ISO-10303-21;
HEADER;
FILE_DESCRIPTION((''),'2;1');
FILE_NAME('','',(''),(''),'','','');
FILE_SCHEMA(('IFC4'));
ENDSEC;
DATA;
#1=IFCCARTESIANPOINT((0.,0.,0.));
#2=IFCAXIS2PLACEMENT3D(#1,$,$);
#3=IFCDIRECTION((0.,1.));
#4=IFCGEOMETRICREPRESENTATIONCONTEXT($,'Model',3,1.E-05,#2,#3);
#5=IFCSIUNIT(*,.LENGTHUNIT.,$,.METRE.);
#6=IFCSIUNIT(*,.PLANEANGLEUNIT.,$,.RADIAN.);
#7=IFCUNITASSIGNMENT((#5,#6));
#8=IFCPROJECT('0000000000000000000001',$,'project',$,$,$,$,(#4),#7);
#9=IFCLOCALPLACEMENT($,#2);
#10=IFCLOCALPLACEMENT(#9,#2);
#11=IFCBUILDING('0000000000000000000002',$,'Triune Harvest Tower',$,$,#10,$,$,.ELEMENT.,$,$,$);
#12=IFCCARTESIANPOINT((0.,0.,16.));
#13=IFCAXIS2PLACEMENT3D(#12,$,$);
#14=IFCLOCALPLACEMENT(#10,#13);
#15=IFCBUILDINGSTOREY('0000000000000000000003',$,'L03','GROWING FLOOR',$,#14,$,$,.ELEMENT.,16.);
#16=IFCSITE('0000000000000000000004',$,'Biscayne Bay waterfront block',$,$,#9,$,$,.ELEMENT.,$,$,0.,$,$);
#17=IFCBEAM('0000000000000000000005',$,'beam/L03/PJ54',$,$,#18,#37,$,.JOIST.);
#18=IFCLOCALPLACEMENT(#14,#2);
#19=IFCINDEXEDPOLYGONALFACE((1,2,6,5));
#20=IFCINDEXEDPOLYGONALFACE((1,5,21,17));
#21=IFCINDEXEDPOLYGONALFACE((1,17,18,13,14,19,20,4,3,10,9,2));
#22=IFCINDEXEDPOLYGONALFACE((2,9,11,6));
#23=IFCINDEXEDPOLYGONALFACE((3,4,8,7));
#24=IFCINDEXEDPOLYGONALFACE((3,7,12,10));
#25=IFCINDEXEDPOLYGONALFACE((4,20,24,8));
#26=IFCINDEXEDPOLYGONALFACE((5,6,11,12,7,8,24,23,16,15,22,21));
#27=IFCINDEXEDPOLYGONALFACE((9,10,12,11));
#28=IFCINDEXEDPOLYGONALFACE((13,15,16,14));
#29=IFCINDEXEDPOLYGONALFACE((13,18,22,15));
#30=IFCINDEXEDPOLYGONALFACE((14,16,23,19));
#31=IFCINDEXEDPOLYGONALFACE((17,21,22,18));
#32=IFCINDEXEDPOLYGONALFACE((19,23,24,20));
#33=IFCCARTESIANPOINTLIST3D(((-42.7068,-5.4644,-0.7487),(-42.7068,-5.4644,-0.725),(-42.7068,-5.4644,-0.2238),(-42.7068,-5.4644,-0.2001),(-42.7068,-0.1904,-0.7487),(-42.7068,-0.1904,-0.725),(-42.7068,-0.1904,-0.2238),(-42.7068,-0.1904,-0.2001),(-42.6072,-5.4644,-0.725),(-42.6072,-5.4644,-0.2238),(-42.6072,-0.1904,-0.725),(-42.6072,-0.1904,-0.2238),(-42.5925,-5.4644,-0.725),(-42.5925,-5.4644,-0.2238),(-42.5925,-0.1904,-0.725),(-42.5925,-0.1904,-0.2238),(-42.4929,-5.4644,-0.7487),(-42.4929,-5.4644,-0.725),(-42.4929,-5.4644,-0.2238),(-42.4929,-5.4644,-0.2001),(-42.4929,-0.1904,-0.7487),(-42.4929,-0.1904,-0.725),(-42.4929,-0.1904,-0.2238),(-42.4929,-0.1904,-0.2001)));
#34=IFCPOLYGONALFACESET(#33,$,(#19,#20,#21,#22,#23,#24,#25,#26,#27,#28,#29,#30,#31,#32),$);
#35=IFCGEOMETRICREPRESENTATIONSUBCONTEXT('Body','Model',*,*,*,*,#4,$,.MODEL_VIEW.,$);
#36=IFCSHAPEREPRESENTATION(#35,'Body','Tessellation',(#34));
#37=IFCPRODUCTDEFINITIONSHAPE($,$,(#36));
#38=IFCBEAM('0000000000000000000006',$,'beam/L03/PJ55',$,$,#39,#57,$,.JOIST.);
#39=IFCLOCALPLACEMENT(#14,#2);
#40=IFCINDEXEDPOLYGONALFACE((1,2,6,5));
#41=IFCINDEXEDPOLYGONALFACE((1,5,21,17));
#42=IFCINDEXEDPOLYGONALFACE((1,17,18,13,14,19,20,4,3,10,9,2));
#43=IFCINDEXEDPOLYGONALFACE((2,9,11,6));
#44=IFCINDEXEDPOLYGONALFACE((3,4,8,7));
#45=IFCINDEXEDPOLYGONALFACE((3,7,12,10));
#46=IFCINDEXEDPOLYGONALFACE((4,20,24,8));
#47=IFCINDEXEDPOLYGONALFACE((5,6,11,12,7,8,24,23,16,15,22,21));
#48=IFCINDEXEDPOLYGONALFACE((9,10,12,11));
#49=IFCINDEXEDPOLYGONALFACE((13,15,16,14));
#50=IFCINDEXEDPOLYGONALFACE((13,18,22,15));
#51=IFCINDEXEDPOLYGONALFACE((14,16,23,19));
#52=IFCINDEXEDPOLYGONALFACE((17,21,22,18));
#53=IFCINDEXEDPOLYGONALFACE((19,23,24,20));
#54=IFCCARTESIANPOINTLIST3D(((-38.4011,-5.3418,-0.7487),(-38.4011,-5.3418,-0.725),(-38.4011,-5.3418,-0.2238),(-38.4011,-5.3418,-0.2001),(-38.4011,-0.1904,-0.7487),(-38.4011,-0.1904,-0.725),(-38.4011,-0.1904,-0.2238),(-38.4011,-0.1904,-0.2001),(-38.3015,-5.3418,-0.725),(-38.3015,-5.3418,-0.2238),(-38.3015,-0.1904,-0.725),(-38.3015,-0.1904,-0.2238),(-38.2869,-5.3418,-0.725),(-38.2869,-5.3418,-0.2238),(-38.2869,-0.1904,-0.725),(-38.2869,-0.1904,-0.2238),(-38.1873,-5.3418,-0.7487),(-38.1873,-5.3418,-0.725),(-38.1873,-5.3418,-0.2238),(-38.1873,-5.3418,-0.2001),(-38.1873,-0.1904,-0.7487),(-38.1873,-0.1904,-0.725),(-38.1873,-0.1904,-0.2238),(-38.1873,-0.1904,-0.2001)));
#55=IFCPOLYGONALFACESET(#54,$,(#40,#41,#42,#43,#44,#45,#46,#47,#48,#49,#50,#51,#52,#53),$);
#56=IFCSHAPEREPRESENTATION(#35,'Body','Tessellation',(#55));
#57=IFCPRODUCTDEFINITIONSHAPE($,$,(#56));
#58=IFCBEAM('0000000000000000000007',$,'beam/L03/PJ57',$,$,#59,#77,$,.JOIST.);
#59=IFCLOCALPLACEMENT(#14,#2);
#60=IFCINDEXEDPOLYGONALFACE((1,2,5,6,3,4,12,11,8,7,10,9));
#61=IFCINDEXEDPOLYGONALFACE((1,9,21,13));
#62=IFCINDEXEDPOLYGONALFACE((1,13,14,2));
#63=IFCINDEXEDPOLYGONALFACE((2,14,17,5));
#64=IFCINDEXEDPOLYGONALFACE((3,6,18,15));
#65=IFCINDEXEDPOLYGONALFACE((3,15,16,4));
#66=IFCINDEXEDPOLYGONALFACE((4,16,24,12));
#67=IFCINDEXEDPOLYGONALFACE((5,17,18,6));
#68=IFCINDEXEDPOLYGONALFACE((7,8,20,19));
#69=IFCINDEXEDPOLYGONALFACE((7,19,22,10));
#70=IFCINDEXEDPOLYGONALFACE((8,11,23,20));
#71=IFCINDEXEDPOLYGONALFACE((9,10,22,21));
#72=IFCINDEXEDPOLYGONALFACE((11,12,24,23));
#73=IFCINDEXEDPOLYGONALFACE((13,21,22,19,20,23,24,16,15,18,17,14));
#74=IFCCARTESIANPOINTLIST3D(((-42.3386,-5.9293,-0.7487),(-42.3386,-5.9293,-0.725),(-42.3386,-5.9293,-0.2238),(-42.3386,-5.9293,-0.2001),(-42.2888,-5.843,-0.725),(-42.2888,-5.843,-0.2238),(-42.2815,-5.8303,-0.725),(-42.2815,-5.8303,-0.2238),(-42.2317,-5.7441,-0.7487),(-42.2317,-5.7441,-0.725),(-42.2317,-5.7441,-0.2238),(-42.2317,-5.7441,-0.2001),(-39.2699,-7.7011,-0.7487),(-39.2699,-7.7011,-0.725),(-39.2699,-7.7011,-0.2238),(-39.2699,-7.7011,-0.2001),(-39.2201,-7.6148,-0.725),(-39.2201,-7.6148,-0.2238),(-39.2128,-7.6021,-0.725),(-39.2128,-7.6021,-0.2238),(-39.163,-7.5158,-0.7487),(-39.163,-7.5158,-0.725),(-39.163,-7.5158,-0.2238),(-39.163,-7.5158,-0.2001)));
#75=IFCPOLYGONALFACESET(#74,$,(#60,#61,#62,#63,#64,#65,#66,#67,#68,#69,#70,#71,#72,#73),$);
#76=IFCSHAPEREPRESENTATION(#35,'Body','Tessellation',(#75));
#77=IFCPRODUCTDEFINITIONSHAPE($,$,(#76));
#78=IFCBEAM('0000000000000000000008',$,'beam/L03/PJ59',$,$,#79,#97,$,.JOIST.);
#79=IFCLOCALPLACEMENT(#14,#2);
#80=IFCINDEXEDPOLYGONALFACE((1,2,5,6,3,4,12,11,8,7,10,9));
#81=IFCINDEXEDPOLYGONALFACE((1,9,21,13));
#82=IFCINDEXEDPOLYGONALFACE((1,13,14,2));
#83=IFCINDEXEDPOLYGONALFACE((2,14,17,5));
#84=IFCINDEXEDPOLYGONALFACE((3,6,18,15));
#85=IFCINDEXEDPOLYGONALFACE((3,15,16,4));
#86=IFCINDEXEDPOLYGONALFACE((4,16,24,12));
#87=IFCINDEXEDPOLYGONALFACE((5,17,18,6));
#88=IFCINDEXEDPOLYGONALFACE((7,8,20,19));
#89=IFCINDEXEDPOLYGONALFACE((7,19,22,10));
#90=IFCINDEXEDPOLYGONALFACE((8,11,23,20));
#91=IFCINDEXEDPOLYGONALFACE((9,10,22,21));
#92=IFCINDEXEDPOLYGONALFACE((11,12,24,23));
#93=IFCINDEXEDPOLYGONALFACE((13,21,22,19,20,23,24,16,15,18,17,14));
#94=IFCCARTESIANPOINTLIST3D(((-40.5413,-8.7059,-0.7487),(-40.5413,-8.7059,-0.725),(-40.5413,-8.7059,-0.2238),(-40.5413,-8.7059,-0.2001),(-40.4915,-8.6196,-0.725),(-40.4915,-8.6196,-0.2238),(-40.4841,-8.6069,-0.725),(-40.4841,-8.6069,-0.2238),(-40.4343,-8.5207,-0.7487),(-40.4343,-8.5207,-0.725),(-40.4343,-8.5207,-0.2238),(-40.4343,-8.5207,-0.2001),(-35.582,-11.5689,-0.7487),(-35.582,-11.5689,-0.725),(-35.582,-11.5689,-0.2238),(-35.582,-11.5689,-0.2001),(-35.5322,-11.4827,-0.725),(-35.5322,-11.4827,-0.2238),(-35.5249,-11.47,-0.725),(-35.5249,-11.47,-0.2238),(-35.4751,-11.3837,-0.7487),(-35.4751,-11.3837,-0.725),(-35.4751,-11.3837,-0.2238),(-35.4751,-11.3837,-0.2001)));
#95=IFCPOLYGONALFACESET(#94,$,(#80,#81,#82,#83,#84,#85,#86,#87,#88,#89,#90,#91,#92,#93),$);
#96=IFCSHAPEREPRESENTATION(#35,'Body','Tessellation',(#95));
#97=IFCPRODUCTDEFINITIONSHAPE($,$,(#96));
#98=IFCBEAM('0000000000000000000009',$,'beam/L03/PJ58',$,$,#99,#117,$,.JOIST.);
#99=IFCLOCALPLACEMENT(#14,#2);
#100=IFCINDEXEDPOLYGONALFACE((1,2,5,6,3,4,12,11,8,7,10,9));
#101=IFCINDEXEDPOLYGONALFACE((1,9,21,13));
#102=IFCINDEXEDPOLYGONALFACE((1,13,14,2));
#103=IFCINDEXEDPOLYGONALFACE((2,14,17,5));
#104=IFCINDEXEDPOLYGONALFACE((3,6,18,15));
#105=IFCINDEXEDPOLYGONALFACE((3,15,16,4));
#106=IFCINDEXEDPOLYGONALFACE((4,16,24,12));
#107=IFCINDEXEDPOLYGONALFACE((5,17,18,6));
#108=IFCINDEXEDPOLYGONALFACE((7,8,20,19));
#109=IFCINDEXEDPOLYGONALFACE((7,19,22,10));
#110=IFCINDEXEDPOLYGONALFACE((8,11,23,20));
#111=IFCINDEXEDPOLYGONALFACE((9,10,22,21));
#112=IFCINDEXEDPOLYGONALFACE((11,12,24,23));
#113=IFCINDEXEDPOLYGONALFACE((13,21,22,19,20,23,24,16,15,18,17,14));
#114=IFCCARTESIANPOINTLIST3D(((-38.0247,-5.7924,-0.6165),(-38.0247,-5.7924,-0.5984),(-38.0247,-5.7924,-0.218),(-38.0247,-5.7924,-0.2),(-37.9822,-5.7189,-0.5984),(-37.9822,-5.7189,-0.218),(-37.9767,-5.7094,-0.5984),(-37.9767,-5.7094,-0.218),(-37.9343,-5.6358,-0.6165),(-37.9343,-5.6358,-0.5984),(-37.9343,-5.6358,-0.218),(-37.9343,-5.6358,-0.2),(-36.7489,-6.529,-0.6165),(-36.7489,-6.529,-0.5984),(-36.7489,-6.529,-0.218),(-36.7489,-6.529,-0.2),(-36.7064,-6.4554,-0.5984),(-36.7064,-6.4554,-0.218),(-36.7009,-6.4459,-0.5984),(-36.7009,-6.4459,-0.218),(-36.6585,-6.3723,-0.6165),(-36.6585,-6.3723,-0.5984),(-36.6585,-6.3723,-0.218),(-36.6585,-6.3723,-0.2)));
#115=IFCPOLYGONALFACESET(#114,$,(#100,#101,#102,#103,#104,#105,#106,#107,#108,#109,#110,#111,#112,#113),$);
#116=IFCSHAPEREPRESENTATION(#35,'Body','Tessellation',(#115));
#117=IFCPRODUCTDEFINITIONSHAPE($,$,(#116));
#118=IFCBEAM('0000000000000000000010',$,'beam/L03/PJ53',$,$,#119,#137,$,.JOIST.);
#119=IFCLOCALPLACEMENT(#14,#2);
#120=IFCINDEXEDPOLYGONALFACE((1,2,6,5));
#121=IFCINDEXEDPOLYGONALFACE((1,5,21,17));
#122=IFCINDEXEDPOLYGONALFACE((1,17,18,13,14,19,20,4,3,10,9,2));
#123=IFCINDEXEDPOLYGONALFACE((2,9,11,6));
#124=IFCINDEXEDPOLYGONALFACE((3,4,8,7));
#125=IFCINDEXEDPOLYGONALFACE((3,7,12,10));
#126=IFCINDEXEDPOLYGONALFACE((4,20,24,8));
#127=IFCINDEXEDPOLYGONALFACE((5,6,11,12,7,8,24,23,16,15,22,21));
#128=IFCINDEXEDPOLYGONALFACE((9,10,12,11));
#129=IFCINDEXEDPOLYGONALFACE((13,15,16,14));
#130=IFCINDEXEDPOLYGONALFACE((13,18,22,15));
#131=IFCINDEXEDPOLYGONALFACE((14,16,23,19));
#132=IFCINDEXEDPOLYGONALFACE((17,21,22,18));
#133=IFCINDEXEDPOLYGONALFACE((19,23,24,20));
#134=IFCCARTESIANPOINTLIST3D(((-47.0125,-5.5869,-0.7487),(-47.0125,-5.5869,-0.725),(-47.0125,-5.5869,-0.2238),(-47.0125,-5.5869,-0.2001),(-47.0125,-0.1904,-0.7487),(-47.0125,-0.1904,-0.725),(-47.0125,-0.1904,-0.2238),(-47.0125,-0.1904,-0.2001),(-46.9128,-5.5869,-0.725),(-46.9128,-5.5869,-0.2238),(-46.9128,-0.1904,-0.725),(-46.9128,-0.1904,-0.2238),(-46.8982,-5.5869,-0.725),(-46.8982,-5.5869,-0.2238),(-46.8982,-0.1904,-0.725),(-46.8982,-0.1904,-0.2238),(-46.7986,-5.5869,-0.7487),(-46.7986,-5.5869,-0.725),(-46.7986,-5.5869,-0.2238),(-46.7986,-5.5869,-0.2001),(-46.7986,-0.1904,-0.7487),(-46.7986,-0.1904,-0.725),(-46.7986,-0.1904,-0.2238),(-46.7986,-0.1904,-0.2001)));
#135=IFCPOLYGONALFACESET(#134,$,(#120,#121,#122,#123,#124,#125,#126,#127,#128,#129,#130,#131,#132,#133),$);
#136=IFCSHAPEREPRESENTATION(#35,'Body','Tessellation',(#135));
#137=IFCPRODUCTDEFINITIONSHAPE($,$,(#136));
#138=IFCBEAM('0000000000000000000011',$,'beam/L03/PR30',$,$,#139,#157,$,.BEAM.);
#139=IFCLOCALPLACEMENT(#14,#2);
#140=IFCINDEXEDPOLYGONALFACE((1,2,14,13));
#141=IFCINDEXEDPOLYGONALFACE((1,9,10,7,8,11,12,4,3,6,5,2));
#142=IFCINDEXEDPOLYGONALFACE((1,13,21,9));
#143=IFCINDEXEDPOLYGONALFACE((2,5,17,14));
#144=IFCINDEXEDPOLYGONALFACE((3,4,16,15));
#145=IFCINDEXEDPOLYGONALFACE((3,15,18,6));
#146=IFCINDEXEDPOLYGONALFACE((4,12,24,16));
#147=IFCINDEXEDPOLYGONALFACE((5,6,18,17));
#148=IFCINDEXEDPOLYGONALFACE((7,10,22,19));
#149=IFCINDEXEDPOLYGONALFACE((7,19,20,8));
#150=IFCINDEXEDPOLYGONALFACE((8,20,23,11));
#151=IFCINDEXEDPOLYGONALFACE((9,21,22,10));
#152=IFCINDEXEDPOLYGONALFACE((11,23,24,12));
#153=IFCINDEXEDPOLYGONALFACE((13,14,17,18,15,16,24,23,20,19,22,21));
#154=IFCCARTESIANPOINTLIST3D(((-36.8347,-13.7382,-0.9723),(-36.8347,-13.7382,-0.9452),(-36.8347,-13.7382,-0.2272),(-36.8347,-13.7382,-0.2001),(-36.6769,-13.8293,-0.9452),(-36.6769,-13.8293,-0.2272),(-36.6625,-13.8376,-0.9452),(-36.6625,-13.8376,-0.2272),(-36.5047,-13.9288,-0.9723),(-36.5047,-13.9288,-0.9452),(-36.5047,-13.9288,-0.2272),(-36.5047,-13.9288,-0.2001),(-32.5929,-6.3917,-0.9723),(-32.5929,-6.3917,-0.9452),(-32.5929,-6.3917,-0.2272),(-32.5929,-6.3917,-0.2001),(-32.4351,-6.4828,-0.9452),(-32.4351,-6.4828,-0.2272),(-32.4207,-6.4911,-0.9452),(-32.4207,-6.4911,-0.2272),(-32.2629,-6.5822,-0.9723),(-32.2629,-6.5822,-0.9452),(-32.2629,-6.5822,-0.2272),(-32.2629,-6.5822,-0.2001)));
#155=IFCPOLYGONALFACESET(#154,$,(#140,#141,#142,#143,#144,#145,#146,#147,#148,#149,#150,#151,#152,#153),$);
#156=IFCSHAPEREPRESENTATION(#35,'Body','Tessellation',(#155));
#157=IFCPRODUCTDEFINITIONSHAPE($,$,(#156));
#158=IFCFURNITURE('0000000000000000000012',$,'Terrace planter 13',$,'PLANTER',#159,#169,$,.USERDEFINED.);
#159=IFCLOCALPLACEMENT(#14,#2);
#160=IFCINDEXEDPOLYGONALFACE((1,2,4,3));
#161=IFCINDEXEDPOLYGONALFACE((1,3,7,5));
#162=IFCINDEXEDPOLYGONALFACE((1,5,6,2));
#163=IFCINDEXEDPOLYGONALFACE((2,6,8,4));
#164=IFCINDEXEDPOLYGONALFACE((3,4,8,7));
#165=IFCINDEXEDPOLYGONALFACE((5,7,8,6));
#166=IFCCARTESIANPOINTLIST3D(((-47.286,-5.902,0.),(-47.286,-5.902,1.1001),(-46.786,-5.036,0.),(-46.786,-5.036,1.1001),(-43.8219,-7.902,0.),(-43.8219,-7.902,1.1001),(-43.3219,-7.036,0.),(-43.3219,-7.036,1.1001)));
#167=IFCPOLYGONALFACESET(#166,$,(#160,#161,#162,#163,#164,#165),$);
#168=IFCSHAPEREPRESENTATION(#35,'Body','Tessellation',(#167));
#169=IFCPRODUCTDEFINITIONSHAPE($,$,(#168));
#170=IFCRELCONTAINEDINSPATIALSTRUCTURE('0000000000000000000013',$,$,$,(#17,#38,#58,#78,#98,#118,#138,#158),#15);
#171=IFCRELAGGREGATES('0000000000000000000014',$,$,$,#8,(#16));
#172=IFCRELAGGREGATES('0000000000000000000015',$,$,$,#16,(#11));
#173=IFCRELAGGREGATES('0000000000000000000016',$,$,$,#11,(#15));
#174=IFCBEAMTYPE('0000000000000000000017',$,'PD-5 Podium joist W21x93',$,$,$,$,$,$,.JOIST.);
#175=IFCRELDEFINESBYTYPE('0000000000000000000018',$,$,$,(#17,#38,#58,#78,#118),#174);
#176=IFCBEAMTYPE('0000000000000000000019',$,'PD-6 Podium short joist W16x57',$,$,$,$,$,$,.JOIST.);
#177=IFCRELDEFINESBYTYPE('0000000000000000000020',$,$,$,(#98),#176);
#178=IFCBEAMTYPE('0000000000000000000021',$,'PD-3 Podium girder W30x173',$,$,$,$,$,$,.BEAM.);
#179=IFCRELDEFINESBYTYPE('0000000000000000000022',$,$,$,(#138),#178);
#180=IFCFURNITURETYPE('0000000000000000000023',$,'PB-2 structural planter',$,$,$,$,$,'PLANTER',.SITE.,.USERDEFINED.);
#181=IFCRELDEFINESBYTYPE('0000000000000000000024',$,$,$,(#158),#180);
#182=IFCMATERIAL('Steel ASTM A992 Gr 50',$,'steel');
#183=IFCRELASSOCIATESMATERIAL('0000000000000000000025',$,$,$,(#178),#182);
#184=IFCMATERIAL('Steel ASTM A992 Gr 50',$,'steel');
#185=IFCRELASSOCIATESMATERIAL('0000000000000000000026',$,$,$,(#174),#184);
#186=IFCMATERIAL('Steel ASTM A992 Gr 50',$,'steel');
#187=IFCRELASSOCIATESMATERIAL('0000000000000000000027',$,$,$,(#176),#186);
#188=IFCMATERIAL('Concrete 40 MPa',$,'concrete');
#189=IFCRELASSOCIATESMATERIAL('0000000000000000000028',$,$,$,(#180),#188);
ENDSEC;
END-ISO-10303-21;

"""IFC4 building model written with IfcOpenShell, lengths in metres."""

from ifc_helpers import new_model, si_unit, direction, frame, origin, origin_2d, place, context, subcontext, project, spatial, rectangle, i_section, extrude, source, transform, mapped, material, material_profile, profile_set, type_object, element, save


model = new_model("IFC4")

# Units and contexts
model_context = context("Model", 3, precision=1e-05, world=origin(), true_north=direction((0.0, 1.0)))
body_context = subcontext(model_context, "Body", "Model", "MODEL_VIEW")
ifc_project = project(units=[si_unit("LENGTHUNIT", "METRE"), si_unit("PLANEANGLEUNIT", "RADIAN")], contexts=[model_context])

# Site, building, storey
site_placement = place(None, origin())
site = spatial("IfcSite", under=ifc_project, at=site_placement, Name="Biscayne Bay waterfront block", CompositionType="ELEMENT", RefElevation=0.0)
building_placement = place(site_placement, origin())
building = spatial("IfcBuilding", under=site, at=building_placement, Name="Triune Harvest Tower", CompositionType="ELEMENT")
storey_placement = place(building_placement, frame((0.0, 0.0, 16.0)))
storey = spatial("IfcBuildingStorey", under=building, at=storey_placement, Name="L03", Description="GROWING FLOOR", CompositionType="ELEMENT", Elevation=16.0)

# Beams
ifc_material_1 = material(Name="Steel ASTM A992 Gr 50", Category="steel")
ifc_material_profile_1 = material_profile(ifc_material_1, i_section(OverallWidth=0.3811, OverallDepth=0.7722, WebThickness=0.0166, FlangeThickness=0.0271, at=origin_2d()), Name="W30x173")
ifc_profile_set_1 = profile_set([ifc_material_profile_1], Name="Steel ASTM A992 Gr 50")
beam_type_1 = type_object("IfcBeamType", Name="PD-3 Podium girder W30x173", PredefinedType="BEAM", material=ifc_profile_set_1)
ifc_material_2 = material(Name="Steel ASTM A992 Gr 50", Category="steel")
ifc_material_profile_2 = material_profile(ifc_material_2, i_section(OverallWidth=0.2139, OverallDepth=0.5486, WebThickness=0.0146, FlangeThickness=0.0237, at=origin_2d()), Name="W21x93")
ifc_profile_set_2 = profile_set([ifc_material_profile_2], Name="Steel ASTM A992 Gr 50")
beam_type_2 = type_object("IfcBeamType", Name="PD-5 Podium joist W21x93", PredefinedType="JOIST", material=ifc_profile_set_2)
shared_shape_1 = source(origin(), body_context, "Body", "SweptSolid", [
    extrude(i_section(OverallWidth=0.2139, OverallDepth=0.5486, WebThickness=0.0146, FlangeThickness=0.0237, at=origin_2d()), origin(), (0.0, 0.0, 1.0), 5.2739),
])
beam_1_placement = place(storey_placement, frame((-42.5999, -0.1904, -0.4744), z_axis=(0.0, -1.0, 0.0), x_axis=(1.0, 0.0, 0.0)))
element("IfcBeam", 1, at=beam_1_placement, inside=storey, type_object=beam_type_2, Name="beam/L03/PJ54", PredefinedType="JOIST", context=body_context, shape_type="MappedRepresentation", body=[
    mapped(shared_shape_1, transform((0.0, 0.0, 0.0), scale=1.0)),
])
shared_shape_2 = source(origin(), body_context, "Body", "SweptSolid", [
    extrude(i_section(OverallWidth=0.2139, OverallDepth=0.5486, WebThickness=0.0146, FlangeThickness=0.0237, at=origin_2d()), origin(), (0.0, 0.0, 1.0), 5.1514),
])
beam_2_placement = place(storey_placement, frame((-38.2942, -0.1904, -0.4744), z_axis=(0.0, -1.0, 0.0), x_axis=(1.0, 0.0, 0.0)))
element("IfcBeam", 2, at=beam_2_placement, inside=storey, type_object=beam_type_2, Name="beam/L03/PJ55", PredefinedType="JOIST", context=body_context, shape_type="MappedRepresentation", body=[
    mapped(shared_shape_2, transform((0.0, 0.0, 0.0), scale=1.0)),
])
shared_shape_3 = source(origin(), body_context, "Body", "SweptSolid", [
    extrude(i_section(OverallWidth=0.2139, OverallDepth=0.5486, WebThickness=0.0146, FlangeThickness=0.0237, at=origin_2d()), origin(), (0.0, 0.0, 1.0), 3.5435),
])
beam_3_placement = place(storey_placement, frame((-42.2852, -5.8367, -0.4744), z_axis=(0.866017, -0.500015, 0.0), x_axis=(0.500015, 0.866017, 0.0)))
element("IfcBeam", 3, at=beam_3_placement, inside=storey, type_object=beam_type_2, Name="beam/L03/PJ57", PredefinedType="JOIST", context=body_context, shape_type="MappedRepresentation", body=[
    mapped(shared_shape_3, transform((0.0, 0.0, 0.0), scale=1.0)),
])
shared_shape_4 = source(origin(), body_context, "Body", "SweptSolid", [
    extrude(i_section(OverallWidth=0.2139, OverallDepth=0.5486, WebThickness=0.0146, FlangeThickness=0.0237, at=origin_2d()), origin(), (0.0, 0.0, 1.0), 5.7263),
])
beam_4_placement = place(storey_placement, frame((-40.4878, -8.6133, -0.4744), z_axis=(0.866039, -0.499977, 0.0), x_axis=(0.499977, 0.866039, 0.0)))
element("IfcBeam", 4, at=beam_4_placement, inside=storey, type_object=beam_type_2, Name="beam/L03/PJ59", PredefinedType="JOIST", context=body_context, shape_type="MappedRepresentation", body=[
    mapped(shared_shape_4, transform((0.0, 0.0, 0.0), scale=1.0)),
])
ifc_material_3 = material(Name="Steel ASTM A992 Gr 50", Category="steel")
ifc_material_profile_3 = material_profile(ifc_material_3, i_section(OverallWidth=0.1809, OverallDepth=0.4165, WebThickness=0.011, FlangeThickness=0.0181, at=origin_2d()), Name="W16x57")
ifc_profile_set_3 = profile_set([ifc_material_profile_3], Name="Steel ASTM A992 Gr 50")
beam_type_3 = type_object("IfcBeamType", Name="PD-6 Podium short joist W16x57", PredefinedType="JOIST", material=ifc_profile_set_3)
shared_shape_5 = source(origin(), body_context, "Body", "SweptSolid", [
    extrude(i_section(OverallWidth=0.1809, OverallDepth=0.4165, WebThickness=0.011, FlangeThickness=0.0181, at=origin_2d()), origin(), (0.0, 0.0, 1.0), 1.4731),
])
beam_5_placement = place(storey_placement, frame((-37.9795, -5.7141, -0.4082), z_axis=(0.866042, -0.499971, 0.0), x_axis=(0.499971, 0.866042, 0.0)))
element("IfcBeam", 5, at=beam_5_placement, inside=storey, type_object=beam_type_3, Name="beam/L03/PJ58", PredefinedType="JOIST", context=body_context, shape_type="MappedRepresentation", body=[
    mapped(shared_shape_5, transform((0.0, 0.0, 0.0), scale=1.0)),
])
shared_shape_6 = source(origin(), body_context, "Body", "SweptSolid", [
    extrude(i_section(OverallWidth=0.2139, OverallDepth=0.5486, WebThickness=0.0146, FlangeThickness=0.0237, at=origin_2d()), origin(), (0.0, 0.0, 1.0), 5.3965),
])
beam_6_placement = place(storey_placement, frame((-46.9055, -0.1904, -0.4744), z_axis=(0.0, -1.0, 0.0), x_axis=(1.0, 0.0, 0.0)))
element("IfcBeam", 6, at=beam_6_placement, inside=storey, type_object=beam_type_2, Name="beam/L03/PJ53", PredefinedType="JOIST", context=body_context, shape_type="MappedRepresentation", body=[
    mapped(shared_shape_6, transform((0.0, 0.0, 0.0), scale=1.0)),
])
shared_shape_7 = source(origin(), body_context, "Body", "SweptSolid", [
    extrude(i_section(OverallWidth=0.3811, OverallDepth=0.7722, WebThickness=0.0166, FlangeThickness=0.0271, at=origin_2d()), origin(), (0.0, 0.0, 1.0), 8.4832),
])
beam_7_placement = place(storey_placement, frame((-36.6697, -13.8335, -0.5862), z_axis=(0.500021, 0.866014, 0.0), x_axis=(-0.866014, 0.500021, 0.0)))
element("IfcBeam", 7, at=beam_7_placement, inside=storey, type_object=beam_type_1, Name="beam/L03/PR30", PredefinedType="BEAM", context=body_context, shape_type="MappedRepresentation", body=[
    mapped(shared_shape_7, transform((0.0, 0.0, 0.0), scale=1.0)),
])

# Furniture
ifc_material_4 = material(Name="Concrete 40 MPa", Category="concrete")
furniture_type = type_object("IfcFurnitureType", Name="PB-2 structural planter", ElementType="PLANTER", AssemblyPlace="SITE", PredefinedType="USERDEFINED", material=ifc_material_4)
shared_shape_8 = source(origin(), body_context, "Body", "SweptSolid", [
    extrude(rectangle(XDim=4.0, YDim=1.0, at=origin_2d()), origin(), (0.0, 0.0, 1.0), 1.1001),
])
for number, where, z_axis, x_axis, name in (
    (8, (-45.304, -6.469, 0.0), (0.0, 0.0, 1.0), (0.866025, -0.5, 0.0), "Terrace planter 13"),
):
    element("IfcFurniture", number, at=place(storey_placement, frame(where, z_axis=z_axis, x_axis=x_axis)), inside=storey, type_object=furniture_type, Name=name, ObjectType="PLANTER", PredefinedType="USERDEFINED", context=body_context, shape_type="MappedRepresentation", body=[
        mapped(shared_shape_8, transform((0.0, 0.0, 0.0), scale=1.0)),
    ])

save(model, "model.ifc")
